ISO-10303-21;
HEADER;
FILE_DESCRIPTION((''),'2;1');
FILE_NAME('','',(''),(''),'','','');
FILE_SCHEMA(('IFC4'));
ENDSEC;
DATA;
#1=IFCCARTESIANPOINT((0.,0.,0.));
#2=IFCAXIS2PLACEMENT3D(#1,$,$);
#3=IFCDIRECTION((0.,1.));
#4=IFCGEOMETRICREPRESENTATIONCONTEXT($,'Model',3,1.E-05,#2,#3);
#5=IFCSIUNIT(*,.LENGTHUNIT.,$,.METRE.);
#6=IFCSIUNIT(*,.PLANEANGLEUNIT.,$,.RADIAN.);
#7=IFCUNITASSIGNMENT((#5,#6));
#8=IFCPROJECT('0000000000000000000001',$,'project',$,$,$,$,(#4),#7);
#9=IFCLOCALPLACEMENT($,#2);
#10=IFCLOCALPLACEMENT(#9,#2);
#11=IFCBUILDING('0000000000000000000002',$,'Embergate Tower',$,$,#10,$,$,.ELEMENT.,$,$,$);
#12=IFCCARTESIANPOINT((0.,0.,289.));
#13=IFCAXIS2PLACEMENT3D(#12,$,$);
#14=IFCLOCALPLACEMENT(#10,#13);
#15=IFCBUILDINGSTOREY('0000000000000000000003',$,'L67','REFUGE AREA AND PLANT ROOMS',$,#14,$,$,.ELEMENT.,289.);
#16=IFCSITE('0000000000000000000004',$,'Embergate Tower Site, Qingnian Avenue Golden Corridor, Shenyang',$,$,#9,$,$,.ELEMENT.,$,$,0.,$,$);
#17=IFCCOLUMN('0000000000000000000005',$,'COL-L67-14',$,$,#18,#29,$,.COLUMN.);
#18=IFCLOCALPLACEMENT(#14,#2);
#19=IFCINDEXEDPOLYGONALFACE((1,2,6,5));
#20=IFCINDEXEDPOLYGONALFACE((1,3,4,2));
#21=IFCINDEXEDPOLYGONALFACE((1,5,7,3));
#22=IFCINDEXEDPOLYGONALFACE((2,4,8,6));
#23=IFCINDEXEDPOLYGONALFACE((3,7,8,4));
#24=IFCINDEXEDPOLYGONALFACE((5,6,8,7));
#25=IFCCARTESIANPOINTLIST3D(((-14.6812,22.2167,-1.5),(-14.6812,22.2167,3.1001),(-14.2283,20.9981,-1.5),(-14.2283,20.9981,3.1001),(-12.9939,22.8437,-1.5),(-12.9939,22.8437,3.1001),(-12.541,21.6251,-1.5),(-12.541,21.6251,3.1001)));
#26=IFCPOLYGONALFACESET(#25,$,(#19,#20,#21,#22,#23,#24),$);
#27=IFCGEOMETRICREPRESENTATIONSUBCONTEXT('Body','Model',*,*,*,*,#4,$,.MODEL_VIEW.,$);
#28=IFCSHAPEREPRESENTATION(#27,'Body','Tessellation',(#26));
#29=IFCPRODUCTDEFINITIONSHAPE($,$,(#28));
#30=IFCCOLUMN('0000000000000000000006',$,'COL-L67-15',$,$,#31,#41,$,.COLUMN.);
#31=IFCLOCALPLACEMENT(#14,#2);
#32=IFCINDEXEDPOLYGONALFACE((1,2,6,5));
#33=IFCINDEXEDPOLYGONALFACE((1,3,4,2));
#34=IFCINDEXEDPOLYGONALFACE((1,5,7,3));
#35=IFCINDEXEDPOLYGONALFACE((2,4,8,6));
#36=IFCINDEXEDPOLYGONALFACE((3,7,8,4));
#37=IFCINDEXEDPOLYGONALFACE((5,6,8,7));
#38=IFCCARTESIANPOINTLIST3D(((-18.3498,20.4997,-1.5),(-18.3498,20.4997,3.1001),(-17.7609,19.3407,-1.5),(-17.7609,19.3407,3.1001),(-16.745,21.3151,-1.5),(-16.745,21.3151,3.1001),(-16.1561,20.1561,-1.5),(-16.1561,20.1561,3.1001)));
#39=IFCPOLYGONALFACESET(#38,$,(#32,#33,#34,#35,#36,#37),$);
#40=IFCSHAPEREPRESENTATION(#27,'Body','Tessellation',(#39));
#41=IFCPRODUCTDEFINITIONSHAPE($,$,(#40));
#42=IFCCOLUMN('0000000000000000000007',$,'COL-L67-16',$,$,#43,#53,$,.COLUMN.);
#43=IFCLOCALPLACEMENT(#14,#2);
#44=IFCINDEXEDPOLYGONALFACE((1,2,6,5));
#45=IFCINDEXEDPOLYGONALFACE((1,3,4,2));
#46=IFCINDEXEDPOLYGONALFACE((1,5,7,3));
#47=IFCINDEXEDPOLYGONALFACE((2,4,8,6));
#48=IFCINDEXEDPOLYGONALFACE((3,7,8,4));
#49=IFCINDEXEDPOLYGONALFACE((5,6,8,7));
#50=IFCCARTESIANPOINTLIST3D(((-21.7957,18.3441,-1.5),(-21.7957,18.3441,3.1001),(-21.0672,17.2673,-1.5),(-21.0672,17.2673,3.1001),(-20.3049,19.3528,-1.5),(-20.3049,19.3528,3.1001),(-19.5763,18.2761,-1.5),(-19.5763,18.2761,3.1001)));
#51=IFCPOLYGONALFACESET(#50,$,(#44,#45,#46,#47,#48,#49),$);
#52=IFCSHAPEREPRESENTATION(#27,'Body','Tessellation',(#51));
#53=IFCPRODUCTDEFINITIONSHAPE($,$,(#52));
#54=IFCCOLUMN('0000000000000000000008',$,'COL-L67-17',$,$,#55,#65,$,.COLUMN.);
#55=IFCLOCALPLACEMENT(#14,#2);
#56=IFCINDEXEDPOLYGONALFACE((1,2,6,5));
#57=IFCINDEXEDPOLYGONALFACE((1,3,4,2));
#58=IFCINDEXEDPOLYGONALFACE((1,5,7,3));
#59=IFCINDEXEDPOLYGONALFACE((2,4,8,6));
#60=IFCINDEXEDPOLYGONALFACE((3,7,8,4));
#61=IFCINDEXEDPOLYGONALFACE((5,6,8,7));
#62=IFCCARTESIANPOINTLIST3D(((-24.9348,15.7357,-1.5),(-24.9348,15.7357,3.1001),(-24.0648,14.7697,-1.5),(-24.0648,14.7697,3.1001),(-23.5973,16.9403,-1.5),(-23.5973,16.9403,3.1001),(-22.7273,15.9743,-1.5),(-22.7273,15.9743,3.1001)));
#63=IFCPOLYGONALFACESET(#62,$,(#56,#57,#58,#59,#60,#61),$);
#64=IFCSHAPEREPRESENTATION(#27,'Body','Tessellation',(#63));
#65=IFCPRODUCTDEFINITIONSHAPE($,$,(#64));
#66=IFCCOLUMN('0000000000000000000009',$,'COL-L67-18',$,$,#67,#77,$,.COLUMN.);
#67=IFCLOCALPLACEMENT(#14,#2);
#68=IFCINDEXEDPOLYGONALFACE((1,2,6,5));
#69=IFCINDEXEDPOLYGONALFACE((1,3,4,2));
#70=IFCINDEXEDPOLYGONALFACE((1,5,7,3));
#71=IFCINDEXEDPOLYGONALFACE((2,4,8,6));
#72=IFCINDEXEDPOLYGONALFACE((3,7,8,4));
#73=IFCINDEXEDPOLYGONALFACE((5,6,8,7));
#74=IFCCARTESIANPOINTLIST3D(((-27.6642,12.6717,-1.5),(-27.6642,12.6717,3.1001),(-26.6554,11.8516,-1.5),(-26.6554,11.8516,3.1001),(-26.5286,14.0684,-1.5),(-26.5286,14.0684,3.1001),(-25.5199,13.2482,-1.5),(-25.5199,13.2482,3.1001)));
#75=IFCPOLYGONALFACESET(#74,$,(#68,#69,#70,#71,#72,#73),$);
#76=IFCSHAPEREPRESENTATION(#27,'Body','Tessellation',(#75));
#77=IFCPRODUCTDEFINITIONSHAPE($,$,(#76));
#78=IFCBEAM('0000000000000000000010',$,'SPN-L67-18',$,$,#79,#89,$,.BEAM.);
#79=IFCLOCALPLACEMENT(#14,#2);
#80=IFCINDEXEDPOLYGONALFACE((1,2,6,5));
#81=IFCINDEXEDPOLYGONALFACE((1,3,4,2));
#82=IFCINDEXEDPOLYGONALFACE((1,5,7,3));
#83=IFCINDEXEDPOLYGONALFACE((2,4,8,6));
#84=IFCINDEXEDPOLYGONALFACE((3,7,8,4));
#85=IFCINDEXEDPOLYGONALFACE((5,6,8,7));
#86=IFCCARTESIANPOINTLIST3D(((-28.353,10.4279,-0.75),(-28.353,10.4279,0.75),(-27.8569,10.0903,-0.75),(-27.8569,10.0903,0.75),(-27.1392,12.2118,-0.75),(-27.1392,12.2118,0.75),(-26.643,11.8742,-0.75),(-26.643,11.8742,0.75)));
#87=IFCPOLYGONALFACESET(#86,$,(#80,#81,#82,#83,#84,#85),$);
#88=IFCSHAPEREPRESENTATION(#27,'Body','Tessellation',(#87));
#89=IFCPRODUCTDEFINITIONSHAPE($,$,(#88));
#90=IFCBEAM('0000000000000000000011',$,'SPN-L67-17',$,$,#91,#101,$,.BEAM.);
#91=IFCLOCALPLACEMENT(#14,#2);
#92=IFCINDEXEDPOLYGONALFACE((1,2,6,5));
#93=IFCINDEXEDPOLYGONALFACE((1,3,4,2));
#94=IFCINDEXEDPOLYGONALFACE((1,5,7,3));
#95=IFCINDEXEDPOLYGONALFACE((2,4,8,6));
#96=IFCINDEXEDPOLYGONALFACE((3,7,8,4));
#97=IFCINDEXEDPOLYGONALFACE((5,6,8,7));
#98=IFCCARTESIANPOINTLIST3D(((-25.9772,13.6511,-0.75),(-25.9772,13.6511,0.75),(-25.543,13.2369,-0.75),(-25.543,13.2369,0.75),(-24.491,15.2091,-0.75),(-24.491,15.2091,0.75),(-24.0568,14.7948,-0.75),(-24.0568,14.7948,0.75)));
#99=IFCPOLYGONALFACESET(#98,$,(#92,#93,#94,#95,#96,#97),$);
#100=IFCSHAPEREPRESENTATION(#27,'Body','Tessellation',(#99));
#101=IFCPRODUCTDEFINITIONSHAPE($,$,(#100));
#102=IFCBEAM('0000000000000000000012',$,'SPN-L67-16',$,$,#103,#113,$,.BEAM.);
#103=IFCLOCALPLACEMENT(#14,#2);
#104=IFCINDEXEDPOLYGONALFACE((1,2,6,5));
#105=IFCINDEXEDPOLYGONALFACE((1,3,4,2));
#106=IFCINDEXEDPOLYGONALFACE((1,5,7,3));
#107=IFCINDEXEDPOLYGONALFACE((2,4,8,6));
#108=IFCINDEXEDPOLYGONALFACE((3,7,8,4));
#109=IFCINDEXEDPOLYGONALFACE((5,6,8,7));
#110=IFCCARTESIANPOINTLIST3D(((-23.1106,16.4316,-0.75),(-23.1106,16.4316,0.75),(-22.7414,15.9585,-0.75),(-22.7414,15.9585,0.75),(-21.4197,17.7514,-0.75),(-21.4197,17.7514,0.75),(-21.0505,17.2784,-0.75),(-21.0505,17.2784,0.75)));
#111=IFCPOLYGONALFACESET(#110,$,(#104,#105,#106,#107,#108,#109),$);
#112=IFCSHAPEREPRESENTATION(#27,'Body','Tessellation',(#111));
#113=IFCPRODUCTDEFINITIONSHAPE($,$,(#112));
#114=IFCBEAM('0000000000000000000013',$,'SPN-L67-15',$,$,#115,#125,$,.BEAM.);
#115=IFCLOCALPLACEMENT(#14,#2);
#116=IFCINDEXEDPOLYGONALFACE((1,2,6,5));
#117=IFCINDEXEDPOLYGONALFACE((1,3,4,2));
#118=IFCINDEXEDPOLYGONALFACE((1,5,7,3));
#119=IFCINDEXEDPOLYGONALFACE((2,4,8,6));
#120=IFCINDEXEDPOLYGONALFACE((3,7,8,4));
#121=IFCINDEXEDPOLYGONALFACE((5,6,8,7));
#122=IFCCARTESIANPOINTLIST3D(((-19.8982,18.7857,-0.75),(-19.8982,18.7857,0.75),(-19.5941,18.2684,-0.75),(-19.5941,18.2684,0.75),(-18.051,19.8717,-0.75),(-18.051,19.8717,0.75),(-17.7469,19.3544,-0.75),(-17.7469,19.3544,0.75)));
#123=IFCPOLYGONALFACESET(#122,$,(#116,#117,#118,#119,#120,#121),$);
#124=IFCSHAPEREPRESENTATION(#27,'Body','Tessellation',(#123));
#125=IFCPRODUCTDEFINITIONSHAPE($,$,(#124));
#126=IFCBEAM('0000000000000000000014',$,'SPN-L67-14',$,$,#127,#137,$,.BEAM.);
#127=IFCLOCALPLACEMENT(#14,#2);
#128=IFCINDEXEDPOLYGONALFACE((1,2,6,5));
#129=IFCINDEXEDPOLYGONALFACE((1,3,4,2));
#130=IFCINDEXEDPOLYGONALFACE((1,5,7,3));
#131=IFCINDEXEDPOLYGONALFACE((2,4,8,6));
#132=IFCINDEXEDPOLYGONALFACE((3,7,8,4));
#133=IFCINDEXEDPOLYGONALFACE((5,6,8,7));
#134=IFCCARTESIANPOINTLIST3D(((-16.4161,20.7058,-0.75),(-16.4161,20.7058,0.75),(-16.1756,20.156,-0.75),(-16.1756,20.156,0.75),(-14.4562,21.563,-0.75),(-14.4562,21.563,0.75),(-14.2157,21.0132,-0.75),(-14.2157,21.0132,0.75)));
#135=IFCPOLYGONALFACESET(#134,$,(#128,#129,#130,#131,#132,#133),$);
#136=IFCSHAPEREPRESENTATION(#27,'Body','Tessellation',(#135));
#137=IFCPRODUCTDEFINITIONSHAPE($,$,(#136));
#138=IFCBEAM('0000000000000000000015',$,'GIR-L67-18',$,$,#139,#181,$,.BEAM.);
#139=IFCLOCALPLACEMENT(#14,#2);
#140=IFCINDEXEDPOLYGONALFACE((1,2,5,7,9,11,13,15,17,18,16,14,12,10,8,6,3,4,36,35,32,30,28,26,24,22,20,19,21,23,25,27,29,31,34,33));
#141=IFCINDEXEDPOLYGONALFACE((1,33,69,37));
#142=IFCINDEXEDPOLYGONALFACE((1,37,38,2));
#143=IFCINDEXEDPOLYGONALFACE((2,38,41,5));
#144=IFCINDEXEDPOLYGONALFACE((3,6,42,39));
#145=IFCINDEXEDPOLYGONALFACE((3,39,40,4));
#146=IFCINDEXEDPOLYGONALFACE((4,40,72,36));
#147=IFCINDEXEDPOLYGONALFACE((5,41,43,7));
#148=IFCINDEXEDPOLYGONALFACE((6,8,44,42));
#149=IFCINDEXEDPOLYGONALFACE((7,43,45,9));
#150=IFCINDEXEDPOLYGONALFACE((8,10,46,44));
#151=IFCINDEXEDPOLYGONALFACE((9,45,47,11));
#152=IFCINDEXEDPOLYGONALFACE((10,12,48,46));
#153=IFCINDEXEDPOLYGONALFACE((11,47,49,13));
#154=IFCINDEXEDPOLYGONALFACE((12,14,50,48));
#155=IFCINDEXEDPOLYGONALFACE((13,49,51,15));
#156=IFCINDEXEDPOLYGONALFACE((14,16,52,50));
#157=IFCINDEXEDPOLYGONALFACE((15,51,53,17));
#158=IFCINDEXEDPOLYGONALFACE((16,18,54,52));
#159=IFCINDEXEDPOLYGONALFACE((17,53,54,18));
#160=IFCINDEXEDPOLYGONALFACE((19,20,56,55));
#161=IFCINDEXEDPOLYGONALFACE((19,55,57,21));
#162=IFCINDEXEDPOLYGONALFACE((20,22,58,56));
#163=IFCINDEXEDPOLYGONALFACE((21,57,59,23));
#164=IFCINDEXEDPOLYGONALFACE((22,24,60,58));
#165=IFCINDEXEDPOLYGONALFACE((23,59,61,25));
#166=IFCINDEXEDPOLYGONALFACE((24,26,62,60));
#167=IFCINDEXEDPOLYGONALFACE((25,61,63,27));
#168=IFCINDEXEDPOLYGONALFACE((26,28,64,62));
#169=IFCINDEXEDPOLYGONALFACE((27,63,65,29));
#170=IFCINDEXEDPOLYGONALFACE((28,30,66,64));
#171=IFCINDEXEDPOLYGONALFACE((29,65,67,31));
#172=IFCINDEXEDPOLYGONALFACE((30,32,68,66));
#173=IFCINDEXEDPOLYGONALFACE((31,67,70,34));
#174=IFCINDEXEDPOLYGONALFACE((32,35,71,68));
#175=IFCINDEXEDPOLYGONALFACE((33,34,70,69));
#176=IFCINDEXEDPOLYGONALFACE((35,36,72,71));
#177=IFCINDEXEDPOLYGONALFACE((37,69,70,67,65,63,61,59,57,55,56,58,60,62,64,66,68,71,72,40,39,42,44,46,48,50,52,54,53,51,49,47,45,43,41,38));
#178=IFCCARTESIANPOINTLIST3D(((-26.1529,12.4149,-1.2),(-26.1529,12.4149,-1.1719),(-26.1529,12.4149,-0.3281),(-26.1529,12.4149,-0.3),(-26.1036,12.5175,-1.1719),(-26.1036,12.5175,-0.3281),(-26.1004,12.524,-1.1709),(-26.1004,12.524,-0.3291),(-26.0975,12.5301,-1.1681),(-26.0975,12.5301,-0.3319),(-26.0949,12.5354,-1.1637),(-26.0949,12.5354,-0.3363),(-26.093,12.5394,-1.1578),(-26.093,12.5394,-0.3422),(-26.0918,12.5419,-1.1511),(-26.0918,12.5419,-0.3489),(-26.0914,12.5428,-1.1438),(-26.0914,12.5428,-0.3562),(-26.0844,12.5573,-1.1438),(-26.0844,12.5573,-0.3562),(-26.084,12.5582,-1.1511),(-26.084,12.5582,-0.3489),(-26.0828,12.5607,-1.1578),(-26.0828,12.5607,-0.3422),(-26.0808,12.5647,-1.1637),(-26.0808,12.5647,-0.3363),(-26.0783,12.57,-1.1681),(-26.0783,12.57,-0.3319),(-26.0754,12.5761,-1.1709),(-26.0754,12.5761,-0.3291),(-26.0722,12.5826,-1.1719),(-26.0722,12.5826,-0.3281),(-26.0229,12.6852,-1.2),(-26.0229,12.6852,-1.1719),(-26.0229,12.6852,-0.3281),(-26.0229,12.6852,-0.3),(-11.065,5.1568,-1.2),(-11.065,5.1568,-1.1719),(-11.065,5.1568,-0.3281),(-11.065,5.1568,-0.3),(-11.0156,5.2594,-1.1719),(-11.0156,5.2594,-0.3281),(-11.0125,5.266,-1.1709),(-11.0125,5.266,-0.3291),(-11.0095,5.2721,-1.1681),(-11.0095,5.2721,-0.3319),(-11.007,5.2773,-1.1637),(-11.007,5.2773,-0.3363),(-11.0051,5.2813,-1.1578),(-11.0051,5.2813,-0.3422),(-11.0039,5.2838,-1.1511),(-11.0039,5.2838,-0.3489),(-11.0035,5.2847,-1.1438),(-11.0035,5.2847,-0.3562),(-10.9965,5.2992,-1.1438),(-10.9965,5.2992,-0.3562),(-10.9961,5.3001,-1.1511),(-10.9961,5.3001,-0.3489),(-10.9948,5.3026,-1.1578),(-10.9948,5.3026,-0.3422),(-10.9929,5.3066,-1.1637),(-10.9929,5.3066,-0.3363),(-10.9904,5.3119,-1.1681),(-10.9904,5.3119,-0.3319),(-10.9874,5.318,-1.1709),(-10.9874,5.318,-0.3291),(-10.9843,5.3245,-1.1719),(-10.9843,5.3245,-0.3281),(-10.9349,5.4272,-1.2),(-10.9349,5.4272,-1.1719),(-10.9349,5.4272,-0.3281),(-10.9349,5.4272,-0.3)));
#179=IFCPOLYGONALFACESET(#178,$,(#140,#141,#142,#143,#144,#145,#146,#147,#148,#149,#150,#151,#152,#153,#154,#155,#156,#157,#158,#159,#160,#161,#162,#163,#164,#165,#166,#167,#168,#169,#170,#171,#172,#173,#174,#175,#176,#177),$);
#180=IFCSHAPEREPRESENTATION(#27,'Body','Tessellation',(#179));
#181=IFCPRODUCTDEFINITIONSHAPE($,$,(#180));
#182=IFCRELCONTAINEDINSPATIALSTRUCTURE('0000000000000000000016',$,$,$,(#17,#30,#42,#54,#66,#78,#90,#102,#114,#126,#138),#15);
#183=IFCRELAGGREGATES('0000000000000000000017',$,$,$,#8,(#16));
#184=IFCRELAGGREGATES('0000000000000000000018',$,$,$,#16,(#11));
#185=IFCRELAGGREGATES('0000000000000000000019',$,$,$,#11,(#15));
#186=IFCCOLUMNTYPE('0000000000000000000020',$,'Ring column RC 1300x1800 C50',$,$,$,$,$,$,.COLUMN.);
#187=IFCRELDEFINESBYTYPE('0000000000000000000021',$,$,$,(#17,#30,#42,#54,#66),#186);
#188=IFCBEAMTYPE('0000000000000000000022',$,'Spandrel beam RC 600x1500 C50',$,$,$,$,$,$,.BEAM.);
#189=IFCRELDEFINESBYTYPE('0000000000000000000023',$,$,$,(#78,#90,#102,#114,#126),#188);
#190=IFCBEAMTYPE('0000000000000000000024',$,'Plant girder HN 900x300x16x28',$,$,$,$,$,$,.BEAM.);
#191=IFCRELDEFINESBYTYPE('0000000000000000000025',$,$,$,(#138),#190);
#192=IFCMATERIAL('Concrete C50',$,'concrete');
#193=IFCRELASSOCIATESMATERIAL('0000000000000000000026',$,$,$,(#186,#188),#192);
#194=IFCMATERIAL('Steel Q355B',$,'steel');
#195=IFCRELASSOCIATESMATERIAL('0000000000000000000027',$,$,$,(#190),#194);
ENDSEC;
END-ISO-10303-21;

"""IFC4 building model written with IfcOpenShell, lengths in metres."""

from ifc_helpers import new_model, si_unit, direction, frame, origin, origin_2d, place, context, subcontext, project, spatial, rectangle, i_section, extrude, source, transform, mapped, material, material_profile, profile_set, type_object, element, save


model = new_model("IFC4")

# Units and contexts
model_context = context("Model", 3, precision=1e-05, world=origin(), true_north=direction((0.0, 1.0)))
body_context = subcontext(model_context, "Body", "Model", "MODEL_VIEW")
ifc_project = project(units=[si_unit("LENGTHUNIT", "METRE"), si_unit("PLANEANGLEUNIT", "RADIAN")], contexts=[model_context])

# Site, building, storey
site_placement = place(None, origin())
site = spatial("IfcSite", under=ifc_project, at=site_placement, Name="Embergate Tower Site, Qingnian Avenue Golden Corridor, Shenyang", CompositionType="ELEMENT", RefElevation=0.0)
building_placement = place(site_placement, origin())
building = spatial("IfcBuilding", under=site, at=building_placement, Name="Embergate Tower", CompositionType="ELEMENT")
storey_placement = place(building_placement, frame((0.0, 0.0, 289.0)))
storey = spatial("IfcBuildingStorey", under=building, at=storey_placement, Name="L67", Description="REFUGE AREA AND PLANT ROOMS", CompositionType="ELEMENT", Elevation=289.0)

# Columns
ifc_material_1 = material(Name="Concrete C50", Category="concrete")
ifc_material_profile_1 = material_profile(ifc_material_1, rectangle(XDim=1.3, YDim=1.8, at=origin_2d()), Name="RC 1300x1800")
ifc_profile_set_1 = profile_set([ifc_material_profile_1], Name="Concrete C50")
column_type = type_object("IfcColumnType", Name="Ring column RC 1300x1800 C50", PredefinedType="COLUMN", material=ifc_profile_set_1)
shared_shape_1 = source(origin(), body_context, "Body", "SweptSolid", [
    extrude(rectangle(XDim=1.3, YDim=1.8, at=origin_2d()), origin(), (0.0, 0.0, 1.0), 4.6001),
])
for number, where, z_axis, x_axis, name in (
    (1, (-13.6111, 21.9209, -1.5), (0.0, 0.0, 1.0), (-0.348343, 0.937367, 0.0), "COL-L67-14"),
    (2, (-17.2529, 20.3279, -1.5), (0.0, 0.0, 1.0), (-0.452995, 0.891513, 0.0), "COL-L67-15"),
    (3, (-20.686, 18.3101, -1.5), (0.0, 0.0, 1.0), (-0.560393, 0.828227, 0.0), "COL-L67-16"),
    (4, (-23.8311, 15.855, -1.5), (0.0, 0.0, 1.0), (-0.669208, 0.743075, 0.0), "COL-L67-17"),
    (5, (-26.592, 12.96, -1.5), (0.0, 0.0, 1.0), (-0.775914, 0.630838, 0.0), "COL-L67-18"),
):
    element("IfcColumn", number, at=place(storey_placement, frame(where, z_axis=z_axis, x_axis=x_axis)), inside=storey, type_object=column_type, Name=name, PredefinedType="COLUMN", context=body_context, shape_type="MappedRepresentation", body=[
        mapped(shared_shape_1, transform((0.0, 0.0, 0.0))),
    ])

# Beams
ifc_material_profile_2 = material_profile(ifc_material_1, rectangle(XDim=0.6001, YDim=1.5, at=origin_2d()), Name="RC 600x1500")
ifc_profile_set_2 = profile_set([ifc_material_profile_2], Name="Concrete C50")
beam_type_1 = type_object("IfcBeamType", Name="Spandrel beam RC 600x1500 C50", PredefinedType="BEAM", material=ifc_profile_set_2)
shared_shape_2 = source(origin(), body_context, "Body", "SweptSolid", [
    extrude(rectangle(XDim=0.6001, YDim=1.5, at=origin_2d()), origin(), (0.0, 0.0, 1.0), 2.1577),
])
beam_1_placement = place(storey_placement, frame((-26.8911, 12.043, 0.0), z_axis=(-0.562561, -0.826756, 0.0), x_axis=(0.826756, -0.562561, 0.0)))
element("IfcBeam", 6, at=beam_1_placement, inside=storey, type_object=beam_type_1, Name="SPN-L67-18", PredefinedType="BEAM", context=body_context, shape_type="MappedRepresentation", body=[
    mapped(shared_shape_2, transform((0.0, 0.0, 0.0))),
])
shared_shape_3 = source(origin(), body_context, "Body", "SweptSolid", [
    extrude(rectangle(XDim=0.6001, YDim=1.5, at=origin_2d()), origin(), (0.0, 0.0, 1.0), 2.1531),
])
beam_2_placement = place(storey_placement, frame((-24.2739, 15.002, 0.0), z_axis=(-0.690241, -0.723579, 0.0), x_axis=(0.723579, -0.690241, 0.0)))
element("IfcBeam", 7, at=beam_2_placement, inside=storey, type_object=beam_type_1, Name="SPN-L67-17", PredefinedType="BEAM", context=body_context, shape_type="MappedRepresentation", body=[
    mapped(shared_shape_3, transform((0.0, 0.0, 0.0))),
])
shared_shape_4 = source(origin(), body_context, "Body", "SweptSolid", [
    extrude(rectangle(XDim=0.6001, YDim=1.5, at=origin_2d()), origin(), (0.0, 0.0, 1.0), 2.145),
])
beam_3_placement = place(storey_placement, frame((-21.2351, 17.5149, 0.0), z_axis=(-0.788297, -0.615295, 0.0), x_axis=(0.615295, -0.788297, 0.0)))
element("IfcBeam", 8, at=beam_3_placement, inside=storey, type_object=beam_type_1, Name="SPN-L67-16", PredefinedType="BEAM", context=body_context, shape_type="MappedRepresentation", body=[
    mapped(shared_shape_4, transform((0.0, 0.0, 0.0))),
])
shared_shape_5 = source(origin(), body_context, "Body", "SweptSolid", [
    extrude(rectangle(XDim=0.6001, YDim=1.5, at=origin_2d()), origin(), (0.0, 0.0, 1.0), 2.1428),
])
beam_4_placement = place(storey_placement, frame((-17.8989, 19.613, 0.0), z_axis=(-0.862063, -0.506801, 0.0), x_axis=(0.506801, -0.862063, 0.0)))
element("IfcBeam", 9, at=beam_4_placement, inside=storey, type_object=beam_type_1, Name="SPN-L67-15", PredefinedType="BEAM", context=body_context, shape_type="MappedRepresentation", body=[
    mapped(shared_shape_5, transform((0.0, 0.0, 0.0))),
])
shared_shape_6 = source(origin(), body_context, "Body", "SweptSolid", [
    extrude(rectangle(XDim=0.6001, YDim=1.5, at=origin_2d()), origin(), (0.0, 0.0, 1.0), 2.1392),
])
beam_5_placement = place(storey_placement, frame((-14.3359, 21.2881, 0.0), z_axis=(-0.91621, -0.400699, 0.0), x_axis=(0.400699, -0.91621, 0.0)))
element("IfcBeam", 10, at=beam_5_placement, inside=storey, type_object=beam_type_1, Name="SPN-L67-14", PredefinedType="BEAM", context=body_context, shape_type="MappedRepresentation", body=[
    mapped(shared_shape_6, transform((0.0, 0.0, 0.0))),
])
ifc_material_2 = material(Name="Steel Q355B", Category="steel")
ifc_material_profile_3 = material_profile(ifc_material_2, i_section(OverallWidth=0.3, OverallDepth=0.8999, WebThickness=0.0161, FlangeThickness=0.0281, FilletRadius=0.0281, at=origin_2d()), Name="HN 900x300x16x28")
ifc_profile_set_3 = profile_set([ifc_material_profile_3], Name="Steel Q355 grade B")
beam_type_2 = type_object("IfcBeamType", Name="Plant girder HN 900x300x16x28", PredefinedType="BEAM", material=ifc_profile_set_3)
shared_shape_7 = source(origin(), body_context, "Body", "SweptSolid", [
    extrude(i_section(OverallWidth=0.3, OverallDepth=0.8999, WebThickness=0.0161, FlangeThickness=0.0281, FilletRadius=0.0281, at=origin_2d()), origin(), (0.0, 0.0, 1.0), 16.7429),
])
beam_6_placement = place(storey_placement, frame((-26.0879, 12.55, -0.75), z_axis=(0.901153, -0.433501, 0.0), x_axis=(0.433501, 0.901153, 0.0)))
element("IfcBeam", 11, at=beam_6_placement, inside=storey, type_object=beam_type_2, Name="GIR-L67-18", PredefinedType="BEAM", context=body_context, shape_type="MappedRepresentation", body=[
    mapped(shared_shape_7, transform((0.0, 0.0, 0.0))),
])

save(model, "model.ifc")
